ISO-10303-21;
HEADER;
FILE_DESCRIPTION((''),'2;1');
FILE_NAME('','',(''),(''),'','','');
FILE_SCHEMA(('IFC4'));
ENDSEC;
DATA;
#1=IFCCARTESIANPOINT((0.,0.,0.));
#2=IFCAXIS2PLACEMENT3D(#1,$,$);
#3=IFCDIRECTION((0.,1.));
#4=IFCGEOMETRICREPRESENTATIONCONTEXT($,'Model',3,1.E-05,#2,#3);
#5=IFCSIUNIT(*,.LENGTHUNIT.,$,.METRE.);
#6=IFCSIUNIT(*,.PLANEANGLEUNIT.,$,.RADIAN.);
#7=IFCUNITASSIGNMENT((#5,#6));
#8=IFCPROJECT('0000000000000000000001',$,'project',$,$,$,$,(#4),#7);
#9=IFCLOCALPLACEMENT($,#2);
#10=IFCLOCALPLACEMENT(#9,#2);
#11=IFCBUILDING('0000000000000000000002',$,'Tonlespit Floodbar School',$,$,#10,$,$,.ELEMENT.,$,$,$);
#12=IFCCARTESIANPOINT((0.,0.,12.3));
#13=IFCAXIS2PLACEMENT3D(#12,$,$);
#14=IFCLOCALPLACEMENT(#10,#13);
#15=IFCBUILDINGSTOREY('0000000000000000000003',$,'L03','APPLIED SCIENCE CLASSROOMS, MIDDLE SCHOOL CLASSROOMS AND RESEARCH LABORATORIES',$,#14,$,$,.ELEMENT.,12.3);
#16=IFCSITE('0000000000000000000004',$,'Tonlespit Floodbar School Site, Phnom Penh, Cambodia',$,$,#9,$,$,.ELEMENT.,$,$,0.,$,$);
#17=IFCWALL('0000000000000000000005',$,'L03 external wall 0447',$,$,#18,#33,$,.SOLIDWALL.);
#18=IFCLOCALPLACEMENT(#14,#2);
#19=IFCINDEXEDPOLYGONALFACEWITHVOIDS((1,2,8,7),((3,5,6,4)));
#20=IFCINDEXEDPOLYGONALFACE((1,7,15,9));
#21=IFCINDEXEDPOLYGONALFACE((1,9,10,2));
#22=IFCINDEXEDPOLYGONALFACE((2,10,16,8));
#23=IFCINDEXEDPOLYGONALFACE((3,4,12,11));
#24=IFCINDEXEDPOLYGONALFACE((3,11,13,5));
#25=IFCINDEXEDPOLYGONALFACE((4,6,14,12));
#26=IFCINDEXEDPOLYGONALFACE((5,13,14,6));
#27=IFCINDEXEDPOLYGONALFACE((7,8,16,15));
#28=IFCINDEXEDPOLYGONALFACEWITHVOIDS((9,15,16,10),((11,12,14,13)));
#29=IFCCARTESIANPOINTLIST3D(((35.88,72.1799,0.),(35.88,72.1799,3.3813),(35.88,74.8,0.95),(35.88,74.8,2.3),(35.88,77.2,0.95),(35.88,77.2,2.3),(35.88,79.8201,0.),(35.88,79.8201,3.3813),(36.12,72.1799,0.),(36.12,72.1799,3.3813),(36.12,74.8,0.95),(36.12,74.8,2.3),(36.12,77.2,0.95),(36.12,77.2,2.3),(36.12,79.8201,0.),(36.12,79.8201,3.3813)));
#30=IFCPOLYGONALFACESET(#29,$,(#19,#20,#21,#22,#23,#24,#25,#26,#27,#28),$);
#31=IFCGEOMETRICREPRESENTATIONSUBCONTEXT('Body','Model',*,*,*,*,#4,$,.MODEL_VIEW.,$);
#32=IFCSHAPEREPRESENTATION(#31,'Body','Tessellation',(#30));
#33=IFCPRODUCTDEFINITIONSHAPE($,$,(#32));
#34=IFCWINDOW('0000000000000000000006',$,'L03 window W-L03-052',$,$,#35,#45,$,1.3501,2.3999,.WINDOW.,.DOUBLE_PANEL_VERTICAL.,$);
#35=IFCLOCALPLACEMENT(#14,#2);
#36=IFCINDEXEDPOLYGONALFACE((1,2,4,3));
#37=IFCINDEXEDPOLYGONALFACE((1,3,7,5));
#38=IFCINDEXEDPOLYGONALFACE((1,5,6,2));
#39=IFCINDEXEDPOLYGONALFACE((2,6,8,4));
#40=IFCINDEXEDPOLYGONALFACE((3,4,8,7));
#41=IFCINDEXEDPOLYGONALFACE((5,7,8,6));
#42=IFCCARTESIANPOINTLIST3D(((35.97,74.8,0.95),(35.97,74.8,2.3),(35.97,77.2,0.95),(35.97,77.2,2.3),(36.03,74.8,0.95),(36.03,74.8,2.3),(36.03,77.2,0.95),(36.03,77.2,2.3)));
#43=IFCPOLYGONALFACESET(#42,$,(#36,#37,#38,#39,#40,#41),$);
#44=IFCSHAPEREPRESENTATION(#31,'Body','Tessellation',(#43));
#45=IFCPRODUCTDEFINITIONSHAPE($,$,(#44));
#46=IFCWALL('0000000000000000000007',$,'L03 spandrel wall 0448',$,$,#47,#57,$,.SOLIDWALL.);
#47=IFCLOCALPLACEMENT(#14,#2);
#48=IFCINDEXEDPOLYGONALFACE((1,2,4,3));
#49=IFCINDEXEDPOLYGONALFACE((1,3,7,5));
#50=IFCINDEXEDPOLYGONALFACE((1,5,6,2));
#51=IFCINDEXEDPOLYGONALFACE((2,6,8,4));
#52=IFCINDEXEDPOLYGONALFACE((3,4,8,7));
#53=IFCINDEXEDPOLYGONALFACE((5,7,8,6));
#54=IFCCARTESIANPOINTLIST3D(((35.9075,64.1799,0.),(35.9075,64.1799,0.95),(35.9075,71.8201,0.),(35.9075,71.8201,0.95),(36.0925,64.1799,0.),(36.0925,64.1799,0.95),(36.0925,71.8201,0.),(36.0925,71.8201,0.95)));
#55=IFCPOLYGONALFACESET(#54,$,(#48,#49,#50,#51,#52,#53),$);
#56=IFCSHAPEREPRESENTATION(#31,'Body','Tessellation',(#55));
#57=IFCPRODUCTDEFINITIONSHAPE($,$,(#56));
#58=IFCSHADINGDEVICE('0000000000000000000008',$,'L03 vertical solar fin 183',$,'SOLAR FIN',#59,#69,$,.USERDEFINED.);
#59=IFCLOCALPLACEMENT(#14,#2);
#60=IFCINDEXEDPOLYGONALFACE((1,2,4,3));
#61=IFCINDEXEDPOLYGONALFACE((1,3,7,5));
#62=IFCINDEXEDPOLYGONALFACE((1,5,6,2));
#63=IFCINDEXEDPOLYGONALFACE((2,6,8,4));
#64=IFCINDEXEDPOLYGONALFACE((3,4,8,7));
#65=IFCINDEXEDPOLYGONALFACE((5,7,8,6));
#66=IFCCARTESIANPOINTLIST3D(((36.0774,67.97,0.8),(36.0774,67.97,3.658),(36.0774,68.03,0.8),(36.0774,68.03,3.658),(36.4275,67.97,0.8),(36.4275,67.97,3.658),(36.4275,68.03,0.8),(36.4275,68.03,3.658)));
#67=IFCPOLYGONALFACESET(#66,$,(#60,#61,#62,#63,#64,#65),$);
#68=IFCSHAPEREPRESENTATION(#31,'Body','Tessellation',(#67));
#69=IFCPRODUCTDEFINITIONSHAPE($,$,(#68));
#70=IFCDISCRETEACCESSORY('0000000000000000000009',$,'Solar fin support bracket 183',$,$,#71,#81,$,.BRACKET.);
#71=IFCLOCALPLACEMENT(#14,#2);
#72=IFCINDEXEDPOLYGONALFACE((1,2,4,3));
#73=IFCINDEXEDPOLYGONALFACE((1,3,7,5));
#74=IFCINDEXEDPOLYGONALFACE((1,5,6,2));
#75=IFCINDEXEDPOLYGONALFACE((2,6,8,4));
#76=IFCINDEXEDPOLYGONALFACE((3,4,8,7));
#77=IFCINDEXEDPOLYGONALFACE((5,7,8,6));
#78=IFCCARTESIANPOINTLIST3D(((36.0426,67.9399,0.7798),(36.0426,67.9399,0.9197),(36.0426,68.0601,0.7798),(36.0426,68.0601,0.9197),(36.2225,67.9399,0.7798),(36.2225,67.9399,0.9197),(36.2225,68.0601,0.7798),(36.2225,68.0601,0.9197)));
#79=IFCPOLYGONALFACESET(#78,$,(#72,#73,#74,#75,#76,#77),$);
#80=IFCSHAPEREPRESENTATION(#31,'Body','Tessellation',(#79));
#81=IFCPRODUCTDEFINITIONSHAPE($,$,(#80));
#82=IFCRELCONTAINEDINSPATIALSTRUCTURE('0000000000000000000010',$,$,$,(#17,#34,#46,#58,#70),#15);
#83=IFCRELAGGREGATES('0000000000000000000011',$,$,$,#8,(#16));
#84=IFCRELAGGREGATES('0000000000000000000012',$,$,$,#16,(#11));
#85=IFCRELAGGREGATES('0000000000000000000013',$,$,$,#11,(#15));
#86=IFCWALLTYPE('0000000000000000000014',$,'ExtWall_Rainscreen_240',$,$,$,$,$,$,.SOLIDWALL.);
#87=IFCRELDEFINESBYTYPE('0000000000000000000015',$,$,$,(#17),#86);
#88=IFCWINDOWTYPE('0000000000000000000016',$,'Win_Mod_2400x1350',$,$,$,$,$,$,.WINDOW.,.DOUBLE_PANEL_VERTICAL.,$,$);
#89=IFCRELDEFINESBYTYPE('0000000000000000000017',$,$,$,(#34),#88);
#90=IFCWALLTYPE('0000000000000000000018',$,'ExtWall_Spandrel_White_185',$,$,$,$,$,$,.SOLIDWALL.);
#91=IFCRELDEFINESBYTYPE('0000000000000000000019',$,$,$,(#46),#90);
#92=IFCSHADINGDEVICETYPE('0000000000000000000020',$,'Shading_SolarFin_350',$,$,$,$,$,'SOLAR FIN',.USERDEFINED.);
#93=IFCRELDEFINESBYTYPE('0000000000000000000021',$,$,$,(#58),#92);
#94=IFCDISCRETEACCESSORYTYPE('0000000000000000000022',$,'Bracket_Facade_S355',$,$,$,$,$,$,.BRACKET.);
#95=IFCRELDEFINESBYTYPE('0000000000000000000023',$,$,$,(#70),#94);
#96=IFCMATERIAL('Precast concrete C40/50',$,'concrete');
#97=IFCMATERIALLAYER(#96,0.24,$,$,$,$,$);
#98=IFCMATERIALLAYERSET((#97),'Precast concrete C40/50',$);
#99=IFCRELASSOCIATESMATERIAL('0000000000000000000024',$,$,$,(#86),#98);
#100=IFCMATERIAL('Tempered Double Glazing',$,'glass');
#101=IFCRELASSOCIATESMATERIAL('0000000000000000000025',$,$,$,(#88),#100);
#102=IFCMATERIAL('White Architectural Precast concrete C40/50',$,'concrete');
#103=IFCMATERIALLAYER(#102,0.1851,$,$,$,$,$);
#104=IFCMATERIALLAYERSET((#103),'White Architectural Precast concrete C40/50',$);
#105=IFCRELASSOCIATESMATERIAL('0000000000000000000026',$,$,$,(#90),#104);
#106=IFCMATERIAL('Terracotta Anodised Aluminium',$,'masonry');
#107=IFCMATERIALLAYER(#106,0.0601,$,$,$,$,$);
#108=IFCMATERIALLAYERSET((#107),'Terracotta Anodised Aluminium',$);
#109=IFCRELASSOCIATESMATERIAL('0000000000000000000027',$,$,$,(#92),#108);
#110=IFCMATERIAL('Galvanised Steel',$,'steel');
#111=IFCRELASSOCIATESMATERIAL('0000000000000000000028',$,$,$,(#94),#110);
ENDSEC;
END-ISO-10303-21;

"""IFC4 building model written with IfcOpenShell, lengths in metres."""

from ifc_helpers import new_model, si_unit, direction, frame, frame_2d, origin, origin_2d, place, context, subcontext, project, spatial, rectangle, extrude, material, layer, layer_set, type_object, element, fill, save


model = new_model("IFC4")

# Units and contexts
model_context = context("Model", 3, precision=1e-05, world=origin(), true_north=direction((0.0, 1.0)))
body_context = subcontext(model_context, "Body", "Model", "MODEL_VIEW")
ifc_project = project(units=[si_unit("LENGTHUNIT", "METRE"), si_unit("PLANEANGLEUNIT", "RADIAN")], contexts=[model_context])

# Site, building, storey
site_placement = place(None, origin())
site = spatial("IfcSite", under=ifc_project, at=site_placement, Name="Tonlespit Floodbar School Site, Phnom Penh, Cambodia", CompositionType="ELEMENT", RefElevation=0.0)
building_placement = place(site_placement, origin())
building = spatial("IfcBuilding", under=site, at=building_placement, Name="Tonlespit Floodbar School", CompositionType="ELEMENT")
storey_placement = place(building_placement, frame((0.0, 0.0, 12.3)))
storey = spatial("IfcBuildingStorey", under=building, at=storey_placement, Name="L03", Description="APPLIED SCIENCE CLASSROOMS, MIDDLE SCHOOL CLASSROOMS AND RESEARCH LABORATORIES", CompositionType="ELEMENT", Elevation=12.3)

# Wall, opening, window
ifc_material_1 = material(Name="Precast concrete C40/50", Category="concrete")
ifc_layer_1 = layer(ifc_material_1, 0.24)
ifc_layer_set_1 = layer_set([ifc_layer_1], Name="Precast concrete C40/50")
wall_type_1 = type_object("IfcWallType", Name="ExtWall_Rainscreen_240", PredefinedType="SOLIDWALL", material=ifc_layer_set_1)
wall_1_placement = place(storey_placement, frame((36.0, 79.8201, 0.0), z_axis=(0.0, 0.0, 1.0), x_axis=(0.0, -1.0, 0.0)))
wall_1 = element("IfcWall", 1, at=wall_1_placement, inside=storey, type_object=wall_type_1, Name="L03 external wall 0447", PredefinedType="SOLIDWALL", context=body_context, shape_type="SweptSolid", body=[
    extrude(rectangle(XDim=7.6401, YDim=0.24, at=frame_2d((3.8201, 0.0))), origin(), (0.0, 0.0, 1.0), 3.3813),
])
opening_placement = place(wall_1_placement, frame((2.6201, 0.0, 0.95)))
opening = element("IfcOpeningElement", 2, at=opening_placement, cuts=wall_1, PredefinedType="OPENING", context=body_context, shape_type="SweptSolid", body=[
    extrude(rectangle(XDim=2.3999, YDim=1.3501, at=frame_2d((1.2, 0.675))), frame((0.0, 0.1299, 0.0), z_axis=(0.0, -1.0, 0.0), x_axis=(1.0, 0.0, 0.0)), (0.0, 0.0, 1.0), 0.26),
])
ifc_material_2 = material(Name="Tempered Double Glazing", Category="glass")
window_type = type_object("IfcWindowType", Name="Win_Mod_2400x1350", PartitioningType="DOUBLE_PANEL_VERTICAL", PredefinedType="WINDOW", material=ifc_material_2)
window_placement = place(opening_placement, origin())
window = element("IfcWindow", 3, at=window_placement, inside=storey, type_object=window_type, Name="L03 window W-L03-052", OverallHeight=1.3501, OverallWidth=2.3999, PartitioningType="DOUBLE_PANEL_VERTICAL", PredefinedType="WINDOW", context=body_context, shape_type="SweptSolid", body=[
    extrude(rectangle(XDim=2.3999, YDim=1.3501, at=frame_2d((1.2, 0.675))), frame((0.0, 0.03, 0.0), z_axis=(0.0, -1.0, 0.0), x_axis=(1.0, 0.0, 0.0)), (0.0, 0.0, 1.0), 0.0601),
])
fill(opening, window)

# Wall
ifc_material_3 = material(Name="White Architectural Precast concrete C40/50", Category="concrete")
ifc_layer_2 = layer(ifc_material_3, 0.1851)
ifc_layer_set_2 = layer_set([ifc_layer_2], Name="White Architectural Precast concrete C40/50")
wall_type_2 = type_object("IfcWallType", Name="ExtWall_Spandrel_White_185", PredefinedType="SOLIDWALL", material=ifc_layer_set_2)
wall_2_placement = place(storey_placement, frame((36.0, 71.8201, 0.0), z_axis=(0.0, 0.0, 1.0), x_axis=(0.0, -1.0, 0.0)))
element("IfcWall", 4, at=wall_2_placement, inside=storey, type_object=wall_type_2, Name="L03 spandrel wall 0448", PredefinedType="SOLIDWALL", context=body_context, shape_type="SweptSolid", body=[
    extrude(rectangle(XDim=7.6401, YDim=0.1851, at=frame_2d((3.8201, 0.0))), origin(), (0.0, 0.0, 1.0), 0.95),
])

# Shading device
ifc_material_4 = material(Name="Terracotta Anodised Aluminium", Category="masonry")
ifc_layer_3 = layer(ifc_material_4, 0.0601)
ifc_layer_set_3 = layer_set([ifc_layer_3], Name="Terracotta Anodised Aluminium")
shading_device_type = type_object("IfcShadingDeviceType", Name="Shading_SolarFin_350", ElementType="SOLAR FIN", PredefinedType="USERDEFINED", material=ifc_layer_set_3)
shading_device_placement = place(storey_placement, frame((36.2524, 68.0, 0.8), z_axis=(0.0, 0.0, 1.0), x_axis=(0.0, -1.0, 0.0)))
element("IfcShadingDevice", 5, at=shading_device_placement, inside=storey, type_object=shading_device_type, Name="L03 vertical solar fin 183", ObjectType="SOLAR FIN", PredefinedType="USERDEFINED", context=body_context, shape_type="SweptSolid", body=[
    extrude(rectangle(XDim=0.0601, YDim=0.3501, at=origin_2d()), origin(), (0.0, 0.0, 1.0), 2.8579),
])

# Discrete accessory
ifc_material_5 = material(Name="Galvanised Steel", Category="steel")
discrete_accessory_type = type_object("IfcDiscreteAccessoryType", Name="Bracket_Facade_S355", PredefinedType="BRACKET", material=ifc_material_5)
discrete_accessory_placement = place(storey_placement, frame((36.1326, 68.0, 0.7798), z_axis=(0.0, 0.0, 1.0), x_axis=(0.0, -1.0, 0.0)))
element("IfcDiscreteAccessory", 6, at=discrete_accessory_placement, inside=storey, type_object=discrete_accessory_type, Name="Solar fin support bracket 183", PredefinedType="BRACKET", context=body_context, shape_type="SweptSolid", body=[
    extrude(rectangle(XDim=0.1201, YDim=0.1799, at=origin_2d()), origin(), (0.0, 0.0, 1.0), 0.1399),
])

save(model, "model.ifc")
